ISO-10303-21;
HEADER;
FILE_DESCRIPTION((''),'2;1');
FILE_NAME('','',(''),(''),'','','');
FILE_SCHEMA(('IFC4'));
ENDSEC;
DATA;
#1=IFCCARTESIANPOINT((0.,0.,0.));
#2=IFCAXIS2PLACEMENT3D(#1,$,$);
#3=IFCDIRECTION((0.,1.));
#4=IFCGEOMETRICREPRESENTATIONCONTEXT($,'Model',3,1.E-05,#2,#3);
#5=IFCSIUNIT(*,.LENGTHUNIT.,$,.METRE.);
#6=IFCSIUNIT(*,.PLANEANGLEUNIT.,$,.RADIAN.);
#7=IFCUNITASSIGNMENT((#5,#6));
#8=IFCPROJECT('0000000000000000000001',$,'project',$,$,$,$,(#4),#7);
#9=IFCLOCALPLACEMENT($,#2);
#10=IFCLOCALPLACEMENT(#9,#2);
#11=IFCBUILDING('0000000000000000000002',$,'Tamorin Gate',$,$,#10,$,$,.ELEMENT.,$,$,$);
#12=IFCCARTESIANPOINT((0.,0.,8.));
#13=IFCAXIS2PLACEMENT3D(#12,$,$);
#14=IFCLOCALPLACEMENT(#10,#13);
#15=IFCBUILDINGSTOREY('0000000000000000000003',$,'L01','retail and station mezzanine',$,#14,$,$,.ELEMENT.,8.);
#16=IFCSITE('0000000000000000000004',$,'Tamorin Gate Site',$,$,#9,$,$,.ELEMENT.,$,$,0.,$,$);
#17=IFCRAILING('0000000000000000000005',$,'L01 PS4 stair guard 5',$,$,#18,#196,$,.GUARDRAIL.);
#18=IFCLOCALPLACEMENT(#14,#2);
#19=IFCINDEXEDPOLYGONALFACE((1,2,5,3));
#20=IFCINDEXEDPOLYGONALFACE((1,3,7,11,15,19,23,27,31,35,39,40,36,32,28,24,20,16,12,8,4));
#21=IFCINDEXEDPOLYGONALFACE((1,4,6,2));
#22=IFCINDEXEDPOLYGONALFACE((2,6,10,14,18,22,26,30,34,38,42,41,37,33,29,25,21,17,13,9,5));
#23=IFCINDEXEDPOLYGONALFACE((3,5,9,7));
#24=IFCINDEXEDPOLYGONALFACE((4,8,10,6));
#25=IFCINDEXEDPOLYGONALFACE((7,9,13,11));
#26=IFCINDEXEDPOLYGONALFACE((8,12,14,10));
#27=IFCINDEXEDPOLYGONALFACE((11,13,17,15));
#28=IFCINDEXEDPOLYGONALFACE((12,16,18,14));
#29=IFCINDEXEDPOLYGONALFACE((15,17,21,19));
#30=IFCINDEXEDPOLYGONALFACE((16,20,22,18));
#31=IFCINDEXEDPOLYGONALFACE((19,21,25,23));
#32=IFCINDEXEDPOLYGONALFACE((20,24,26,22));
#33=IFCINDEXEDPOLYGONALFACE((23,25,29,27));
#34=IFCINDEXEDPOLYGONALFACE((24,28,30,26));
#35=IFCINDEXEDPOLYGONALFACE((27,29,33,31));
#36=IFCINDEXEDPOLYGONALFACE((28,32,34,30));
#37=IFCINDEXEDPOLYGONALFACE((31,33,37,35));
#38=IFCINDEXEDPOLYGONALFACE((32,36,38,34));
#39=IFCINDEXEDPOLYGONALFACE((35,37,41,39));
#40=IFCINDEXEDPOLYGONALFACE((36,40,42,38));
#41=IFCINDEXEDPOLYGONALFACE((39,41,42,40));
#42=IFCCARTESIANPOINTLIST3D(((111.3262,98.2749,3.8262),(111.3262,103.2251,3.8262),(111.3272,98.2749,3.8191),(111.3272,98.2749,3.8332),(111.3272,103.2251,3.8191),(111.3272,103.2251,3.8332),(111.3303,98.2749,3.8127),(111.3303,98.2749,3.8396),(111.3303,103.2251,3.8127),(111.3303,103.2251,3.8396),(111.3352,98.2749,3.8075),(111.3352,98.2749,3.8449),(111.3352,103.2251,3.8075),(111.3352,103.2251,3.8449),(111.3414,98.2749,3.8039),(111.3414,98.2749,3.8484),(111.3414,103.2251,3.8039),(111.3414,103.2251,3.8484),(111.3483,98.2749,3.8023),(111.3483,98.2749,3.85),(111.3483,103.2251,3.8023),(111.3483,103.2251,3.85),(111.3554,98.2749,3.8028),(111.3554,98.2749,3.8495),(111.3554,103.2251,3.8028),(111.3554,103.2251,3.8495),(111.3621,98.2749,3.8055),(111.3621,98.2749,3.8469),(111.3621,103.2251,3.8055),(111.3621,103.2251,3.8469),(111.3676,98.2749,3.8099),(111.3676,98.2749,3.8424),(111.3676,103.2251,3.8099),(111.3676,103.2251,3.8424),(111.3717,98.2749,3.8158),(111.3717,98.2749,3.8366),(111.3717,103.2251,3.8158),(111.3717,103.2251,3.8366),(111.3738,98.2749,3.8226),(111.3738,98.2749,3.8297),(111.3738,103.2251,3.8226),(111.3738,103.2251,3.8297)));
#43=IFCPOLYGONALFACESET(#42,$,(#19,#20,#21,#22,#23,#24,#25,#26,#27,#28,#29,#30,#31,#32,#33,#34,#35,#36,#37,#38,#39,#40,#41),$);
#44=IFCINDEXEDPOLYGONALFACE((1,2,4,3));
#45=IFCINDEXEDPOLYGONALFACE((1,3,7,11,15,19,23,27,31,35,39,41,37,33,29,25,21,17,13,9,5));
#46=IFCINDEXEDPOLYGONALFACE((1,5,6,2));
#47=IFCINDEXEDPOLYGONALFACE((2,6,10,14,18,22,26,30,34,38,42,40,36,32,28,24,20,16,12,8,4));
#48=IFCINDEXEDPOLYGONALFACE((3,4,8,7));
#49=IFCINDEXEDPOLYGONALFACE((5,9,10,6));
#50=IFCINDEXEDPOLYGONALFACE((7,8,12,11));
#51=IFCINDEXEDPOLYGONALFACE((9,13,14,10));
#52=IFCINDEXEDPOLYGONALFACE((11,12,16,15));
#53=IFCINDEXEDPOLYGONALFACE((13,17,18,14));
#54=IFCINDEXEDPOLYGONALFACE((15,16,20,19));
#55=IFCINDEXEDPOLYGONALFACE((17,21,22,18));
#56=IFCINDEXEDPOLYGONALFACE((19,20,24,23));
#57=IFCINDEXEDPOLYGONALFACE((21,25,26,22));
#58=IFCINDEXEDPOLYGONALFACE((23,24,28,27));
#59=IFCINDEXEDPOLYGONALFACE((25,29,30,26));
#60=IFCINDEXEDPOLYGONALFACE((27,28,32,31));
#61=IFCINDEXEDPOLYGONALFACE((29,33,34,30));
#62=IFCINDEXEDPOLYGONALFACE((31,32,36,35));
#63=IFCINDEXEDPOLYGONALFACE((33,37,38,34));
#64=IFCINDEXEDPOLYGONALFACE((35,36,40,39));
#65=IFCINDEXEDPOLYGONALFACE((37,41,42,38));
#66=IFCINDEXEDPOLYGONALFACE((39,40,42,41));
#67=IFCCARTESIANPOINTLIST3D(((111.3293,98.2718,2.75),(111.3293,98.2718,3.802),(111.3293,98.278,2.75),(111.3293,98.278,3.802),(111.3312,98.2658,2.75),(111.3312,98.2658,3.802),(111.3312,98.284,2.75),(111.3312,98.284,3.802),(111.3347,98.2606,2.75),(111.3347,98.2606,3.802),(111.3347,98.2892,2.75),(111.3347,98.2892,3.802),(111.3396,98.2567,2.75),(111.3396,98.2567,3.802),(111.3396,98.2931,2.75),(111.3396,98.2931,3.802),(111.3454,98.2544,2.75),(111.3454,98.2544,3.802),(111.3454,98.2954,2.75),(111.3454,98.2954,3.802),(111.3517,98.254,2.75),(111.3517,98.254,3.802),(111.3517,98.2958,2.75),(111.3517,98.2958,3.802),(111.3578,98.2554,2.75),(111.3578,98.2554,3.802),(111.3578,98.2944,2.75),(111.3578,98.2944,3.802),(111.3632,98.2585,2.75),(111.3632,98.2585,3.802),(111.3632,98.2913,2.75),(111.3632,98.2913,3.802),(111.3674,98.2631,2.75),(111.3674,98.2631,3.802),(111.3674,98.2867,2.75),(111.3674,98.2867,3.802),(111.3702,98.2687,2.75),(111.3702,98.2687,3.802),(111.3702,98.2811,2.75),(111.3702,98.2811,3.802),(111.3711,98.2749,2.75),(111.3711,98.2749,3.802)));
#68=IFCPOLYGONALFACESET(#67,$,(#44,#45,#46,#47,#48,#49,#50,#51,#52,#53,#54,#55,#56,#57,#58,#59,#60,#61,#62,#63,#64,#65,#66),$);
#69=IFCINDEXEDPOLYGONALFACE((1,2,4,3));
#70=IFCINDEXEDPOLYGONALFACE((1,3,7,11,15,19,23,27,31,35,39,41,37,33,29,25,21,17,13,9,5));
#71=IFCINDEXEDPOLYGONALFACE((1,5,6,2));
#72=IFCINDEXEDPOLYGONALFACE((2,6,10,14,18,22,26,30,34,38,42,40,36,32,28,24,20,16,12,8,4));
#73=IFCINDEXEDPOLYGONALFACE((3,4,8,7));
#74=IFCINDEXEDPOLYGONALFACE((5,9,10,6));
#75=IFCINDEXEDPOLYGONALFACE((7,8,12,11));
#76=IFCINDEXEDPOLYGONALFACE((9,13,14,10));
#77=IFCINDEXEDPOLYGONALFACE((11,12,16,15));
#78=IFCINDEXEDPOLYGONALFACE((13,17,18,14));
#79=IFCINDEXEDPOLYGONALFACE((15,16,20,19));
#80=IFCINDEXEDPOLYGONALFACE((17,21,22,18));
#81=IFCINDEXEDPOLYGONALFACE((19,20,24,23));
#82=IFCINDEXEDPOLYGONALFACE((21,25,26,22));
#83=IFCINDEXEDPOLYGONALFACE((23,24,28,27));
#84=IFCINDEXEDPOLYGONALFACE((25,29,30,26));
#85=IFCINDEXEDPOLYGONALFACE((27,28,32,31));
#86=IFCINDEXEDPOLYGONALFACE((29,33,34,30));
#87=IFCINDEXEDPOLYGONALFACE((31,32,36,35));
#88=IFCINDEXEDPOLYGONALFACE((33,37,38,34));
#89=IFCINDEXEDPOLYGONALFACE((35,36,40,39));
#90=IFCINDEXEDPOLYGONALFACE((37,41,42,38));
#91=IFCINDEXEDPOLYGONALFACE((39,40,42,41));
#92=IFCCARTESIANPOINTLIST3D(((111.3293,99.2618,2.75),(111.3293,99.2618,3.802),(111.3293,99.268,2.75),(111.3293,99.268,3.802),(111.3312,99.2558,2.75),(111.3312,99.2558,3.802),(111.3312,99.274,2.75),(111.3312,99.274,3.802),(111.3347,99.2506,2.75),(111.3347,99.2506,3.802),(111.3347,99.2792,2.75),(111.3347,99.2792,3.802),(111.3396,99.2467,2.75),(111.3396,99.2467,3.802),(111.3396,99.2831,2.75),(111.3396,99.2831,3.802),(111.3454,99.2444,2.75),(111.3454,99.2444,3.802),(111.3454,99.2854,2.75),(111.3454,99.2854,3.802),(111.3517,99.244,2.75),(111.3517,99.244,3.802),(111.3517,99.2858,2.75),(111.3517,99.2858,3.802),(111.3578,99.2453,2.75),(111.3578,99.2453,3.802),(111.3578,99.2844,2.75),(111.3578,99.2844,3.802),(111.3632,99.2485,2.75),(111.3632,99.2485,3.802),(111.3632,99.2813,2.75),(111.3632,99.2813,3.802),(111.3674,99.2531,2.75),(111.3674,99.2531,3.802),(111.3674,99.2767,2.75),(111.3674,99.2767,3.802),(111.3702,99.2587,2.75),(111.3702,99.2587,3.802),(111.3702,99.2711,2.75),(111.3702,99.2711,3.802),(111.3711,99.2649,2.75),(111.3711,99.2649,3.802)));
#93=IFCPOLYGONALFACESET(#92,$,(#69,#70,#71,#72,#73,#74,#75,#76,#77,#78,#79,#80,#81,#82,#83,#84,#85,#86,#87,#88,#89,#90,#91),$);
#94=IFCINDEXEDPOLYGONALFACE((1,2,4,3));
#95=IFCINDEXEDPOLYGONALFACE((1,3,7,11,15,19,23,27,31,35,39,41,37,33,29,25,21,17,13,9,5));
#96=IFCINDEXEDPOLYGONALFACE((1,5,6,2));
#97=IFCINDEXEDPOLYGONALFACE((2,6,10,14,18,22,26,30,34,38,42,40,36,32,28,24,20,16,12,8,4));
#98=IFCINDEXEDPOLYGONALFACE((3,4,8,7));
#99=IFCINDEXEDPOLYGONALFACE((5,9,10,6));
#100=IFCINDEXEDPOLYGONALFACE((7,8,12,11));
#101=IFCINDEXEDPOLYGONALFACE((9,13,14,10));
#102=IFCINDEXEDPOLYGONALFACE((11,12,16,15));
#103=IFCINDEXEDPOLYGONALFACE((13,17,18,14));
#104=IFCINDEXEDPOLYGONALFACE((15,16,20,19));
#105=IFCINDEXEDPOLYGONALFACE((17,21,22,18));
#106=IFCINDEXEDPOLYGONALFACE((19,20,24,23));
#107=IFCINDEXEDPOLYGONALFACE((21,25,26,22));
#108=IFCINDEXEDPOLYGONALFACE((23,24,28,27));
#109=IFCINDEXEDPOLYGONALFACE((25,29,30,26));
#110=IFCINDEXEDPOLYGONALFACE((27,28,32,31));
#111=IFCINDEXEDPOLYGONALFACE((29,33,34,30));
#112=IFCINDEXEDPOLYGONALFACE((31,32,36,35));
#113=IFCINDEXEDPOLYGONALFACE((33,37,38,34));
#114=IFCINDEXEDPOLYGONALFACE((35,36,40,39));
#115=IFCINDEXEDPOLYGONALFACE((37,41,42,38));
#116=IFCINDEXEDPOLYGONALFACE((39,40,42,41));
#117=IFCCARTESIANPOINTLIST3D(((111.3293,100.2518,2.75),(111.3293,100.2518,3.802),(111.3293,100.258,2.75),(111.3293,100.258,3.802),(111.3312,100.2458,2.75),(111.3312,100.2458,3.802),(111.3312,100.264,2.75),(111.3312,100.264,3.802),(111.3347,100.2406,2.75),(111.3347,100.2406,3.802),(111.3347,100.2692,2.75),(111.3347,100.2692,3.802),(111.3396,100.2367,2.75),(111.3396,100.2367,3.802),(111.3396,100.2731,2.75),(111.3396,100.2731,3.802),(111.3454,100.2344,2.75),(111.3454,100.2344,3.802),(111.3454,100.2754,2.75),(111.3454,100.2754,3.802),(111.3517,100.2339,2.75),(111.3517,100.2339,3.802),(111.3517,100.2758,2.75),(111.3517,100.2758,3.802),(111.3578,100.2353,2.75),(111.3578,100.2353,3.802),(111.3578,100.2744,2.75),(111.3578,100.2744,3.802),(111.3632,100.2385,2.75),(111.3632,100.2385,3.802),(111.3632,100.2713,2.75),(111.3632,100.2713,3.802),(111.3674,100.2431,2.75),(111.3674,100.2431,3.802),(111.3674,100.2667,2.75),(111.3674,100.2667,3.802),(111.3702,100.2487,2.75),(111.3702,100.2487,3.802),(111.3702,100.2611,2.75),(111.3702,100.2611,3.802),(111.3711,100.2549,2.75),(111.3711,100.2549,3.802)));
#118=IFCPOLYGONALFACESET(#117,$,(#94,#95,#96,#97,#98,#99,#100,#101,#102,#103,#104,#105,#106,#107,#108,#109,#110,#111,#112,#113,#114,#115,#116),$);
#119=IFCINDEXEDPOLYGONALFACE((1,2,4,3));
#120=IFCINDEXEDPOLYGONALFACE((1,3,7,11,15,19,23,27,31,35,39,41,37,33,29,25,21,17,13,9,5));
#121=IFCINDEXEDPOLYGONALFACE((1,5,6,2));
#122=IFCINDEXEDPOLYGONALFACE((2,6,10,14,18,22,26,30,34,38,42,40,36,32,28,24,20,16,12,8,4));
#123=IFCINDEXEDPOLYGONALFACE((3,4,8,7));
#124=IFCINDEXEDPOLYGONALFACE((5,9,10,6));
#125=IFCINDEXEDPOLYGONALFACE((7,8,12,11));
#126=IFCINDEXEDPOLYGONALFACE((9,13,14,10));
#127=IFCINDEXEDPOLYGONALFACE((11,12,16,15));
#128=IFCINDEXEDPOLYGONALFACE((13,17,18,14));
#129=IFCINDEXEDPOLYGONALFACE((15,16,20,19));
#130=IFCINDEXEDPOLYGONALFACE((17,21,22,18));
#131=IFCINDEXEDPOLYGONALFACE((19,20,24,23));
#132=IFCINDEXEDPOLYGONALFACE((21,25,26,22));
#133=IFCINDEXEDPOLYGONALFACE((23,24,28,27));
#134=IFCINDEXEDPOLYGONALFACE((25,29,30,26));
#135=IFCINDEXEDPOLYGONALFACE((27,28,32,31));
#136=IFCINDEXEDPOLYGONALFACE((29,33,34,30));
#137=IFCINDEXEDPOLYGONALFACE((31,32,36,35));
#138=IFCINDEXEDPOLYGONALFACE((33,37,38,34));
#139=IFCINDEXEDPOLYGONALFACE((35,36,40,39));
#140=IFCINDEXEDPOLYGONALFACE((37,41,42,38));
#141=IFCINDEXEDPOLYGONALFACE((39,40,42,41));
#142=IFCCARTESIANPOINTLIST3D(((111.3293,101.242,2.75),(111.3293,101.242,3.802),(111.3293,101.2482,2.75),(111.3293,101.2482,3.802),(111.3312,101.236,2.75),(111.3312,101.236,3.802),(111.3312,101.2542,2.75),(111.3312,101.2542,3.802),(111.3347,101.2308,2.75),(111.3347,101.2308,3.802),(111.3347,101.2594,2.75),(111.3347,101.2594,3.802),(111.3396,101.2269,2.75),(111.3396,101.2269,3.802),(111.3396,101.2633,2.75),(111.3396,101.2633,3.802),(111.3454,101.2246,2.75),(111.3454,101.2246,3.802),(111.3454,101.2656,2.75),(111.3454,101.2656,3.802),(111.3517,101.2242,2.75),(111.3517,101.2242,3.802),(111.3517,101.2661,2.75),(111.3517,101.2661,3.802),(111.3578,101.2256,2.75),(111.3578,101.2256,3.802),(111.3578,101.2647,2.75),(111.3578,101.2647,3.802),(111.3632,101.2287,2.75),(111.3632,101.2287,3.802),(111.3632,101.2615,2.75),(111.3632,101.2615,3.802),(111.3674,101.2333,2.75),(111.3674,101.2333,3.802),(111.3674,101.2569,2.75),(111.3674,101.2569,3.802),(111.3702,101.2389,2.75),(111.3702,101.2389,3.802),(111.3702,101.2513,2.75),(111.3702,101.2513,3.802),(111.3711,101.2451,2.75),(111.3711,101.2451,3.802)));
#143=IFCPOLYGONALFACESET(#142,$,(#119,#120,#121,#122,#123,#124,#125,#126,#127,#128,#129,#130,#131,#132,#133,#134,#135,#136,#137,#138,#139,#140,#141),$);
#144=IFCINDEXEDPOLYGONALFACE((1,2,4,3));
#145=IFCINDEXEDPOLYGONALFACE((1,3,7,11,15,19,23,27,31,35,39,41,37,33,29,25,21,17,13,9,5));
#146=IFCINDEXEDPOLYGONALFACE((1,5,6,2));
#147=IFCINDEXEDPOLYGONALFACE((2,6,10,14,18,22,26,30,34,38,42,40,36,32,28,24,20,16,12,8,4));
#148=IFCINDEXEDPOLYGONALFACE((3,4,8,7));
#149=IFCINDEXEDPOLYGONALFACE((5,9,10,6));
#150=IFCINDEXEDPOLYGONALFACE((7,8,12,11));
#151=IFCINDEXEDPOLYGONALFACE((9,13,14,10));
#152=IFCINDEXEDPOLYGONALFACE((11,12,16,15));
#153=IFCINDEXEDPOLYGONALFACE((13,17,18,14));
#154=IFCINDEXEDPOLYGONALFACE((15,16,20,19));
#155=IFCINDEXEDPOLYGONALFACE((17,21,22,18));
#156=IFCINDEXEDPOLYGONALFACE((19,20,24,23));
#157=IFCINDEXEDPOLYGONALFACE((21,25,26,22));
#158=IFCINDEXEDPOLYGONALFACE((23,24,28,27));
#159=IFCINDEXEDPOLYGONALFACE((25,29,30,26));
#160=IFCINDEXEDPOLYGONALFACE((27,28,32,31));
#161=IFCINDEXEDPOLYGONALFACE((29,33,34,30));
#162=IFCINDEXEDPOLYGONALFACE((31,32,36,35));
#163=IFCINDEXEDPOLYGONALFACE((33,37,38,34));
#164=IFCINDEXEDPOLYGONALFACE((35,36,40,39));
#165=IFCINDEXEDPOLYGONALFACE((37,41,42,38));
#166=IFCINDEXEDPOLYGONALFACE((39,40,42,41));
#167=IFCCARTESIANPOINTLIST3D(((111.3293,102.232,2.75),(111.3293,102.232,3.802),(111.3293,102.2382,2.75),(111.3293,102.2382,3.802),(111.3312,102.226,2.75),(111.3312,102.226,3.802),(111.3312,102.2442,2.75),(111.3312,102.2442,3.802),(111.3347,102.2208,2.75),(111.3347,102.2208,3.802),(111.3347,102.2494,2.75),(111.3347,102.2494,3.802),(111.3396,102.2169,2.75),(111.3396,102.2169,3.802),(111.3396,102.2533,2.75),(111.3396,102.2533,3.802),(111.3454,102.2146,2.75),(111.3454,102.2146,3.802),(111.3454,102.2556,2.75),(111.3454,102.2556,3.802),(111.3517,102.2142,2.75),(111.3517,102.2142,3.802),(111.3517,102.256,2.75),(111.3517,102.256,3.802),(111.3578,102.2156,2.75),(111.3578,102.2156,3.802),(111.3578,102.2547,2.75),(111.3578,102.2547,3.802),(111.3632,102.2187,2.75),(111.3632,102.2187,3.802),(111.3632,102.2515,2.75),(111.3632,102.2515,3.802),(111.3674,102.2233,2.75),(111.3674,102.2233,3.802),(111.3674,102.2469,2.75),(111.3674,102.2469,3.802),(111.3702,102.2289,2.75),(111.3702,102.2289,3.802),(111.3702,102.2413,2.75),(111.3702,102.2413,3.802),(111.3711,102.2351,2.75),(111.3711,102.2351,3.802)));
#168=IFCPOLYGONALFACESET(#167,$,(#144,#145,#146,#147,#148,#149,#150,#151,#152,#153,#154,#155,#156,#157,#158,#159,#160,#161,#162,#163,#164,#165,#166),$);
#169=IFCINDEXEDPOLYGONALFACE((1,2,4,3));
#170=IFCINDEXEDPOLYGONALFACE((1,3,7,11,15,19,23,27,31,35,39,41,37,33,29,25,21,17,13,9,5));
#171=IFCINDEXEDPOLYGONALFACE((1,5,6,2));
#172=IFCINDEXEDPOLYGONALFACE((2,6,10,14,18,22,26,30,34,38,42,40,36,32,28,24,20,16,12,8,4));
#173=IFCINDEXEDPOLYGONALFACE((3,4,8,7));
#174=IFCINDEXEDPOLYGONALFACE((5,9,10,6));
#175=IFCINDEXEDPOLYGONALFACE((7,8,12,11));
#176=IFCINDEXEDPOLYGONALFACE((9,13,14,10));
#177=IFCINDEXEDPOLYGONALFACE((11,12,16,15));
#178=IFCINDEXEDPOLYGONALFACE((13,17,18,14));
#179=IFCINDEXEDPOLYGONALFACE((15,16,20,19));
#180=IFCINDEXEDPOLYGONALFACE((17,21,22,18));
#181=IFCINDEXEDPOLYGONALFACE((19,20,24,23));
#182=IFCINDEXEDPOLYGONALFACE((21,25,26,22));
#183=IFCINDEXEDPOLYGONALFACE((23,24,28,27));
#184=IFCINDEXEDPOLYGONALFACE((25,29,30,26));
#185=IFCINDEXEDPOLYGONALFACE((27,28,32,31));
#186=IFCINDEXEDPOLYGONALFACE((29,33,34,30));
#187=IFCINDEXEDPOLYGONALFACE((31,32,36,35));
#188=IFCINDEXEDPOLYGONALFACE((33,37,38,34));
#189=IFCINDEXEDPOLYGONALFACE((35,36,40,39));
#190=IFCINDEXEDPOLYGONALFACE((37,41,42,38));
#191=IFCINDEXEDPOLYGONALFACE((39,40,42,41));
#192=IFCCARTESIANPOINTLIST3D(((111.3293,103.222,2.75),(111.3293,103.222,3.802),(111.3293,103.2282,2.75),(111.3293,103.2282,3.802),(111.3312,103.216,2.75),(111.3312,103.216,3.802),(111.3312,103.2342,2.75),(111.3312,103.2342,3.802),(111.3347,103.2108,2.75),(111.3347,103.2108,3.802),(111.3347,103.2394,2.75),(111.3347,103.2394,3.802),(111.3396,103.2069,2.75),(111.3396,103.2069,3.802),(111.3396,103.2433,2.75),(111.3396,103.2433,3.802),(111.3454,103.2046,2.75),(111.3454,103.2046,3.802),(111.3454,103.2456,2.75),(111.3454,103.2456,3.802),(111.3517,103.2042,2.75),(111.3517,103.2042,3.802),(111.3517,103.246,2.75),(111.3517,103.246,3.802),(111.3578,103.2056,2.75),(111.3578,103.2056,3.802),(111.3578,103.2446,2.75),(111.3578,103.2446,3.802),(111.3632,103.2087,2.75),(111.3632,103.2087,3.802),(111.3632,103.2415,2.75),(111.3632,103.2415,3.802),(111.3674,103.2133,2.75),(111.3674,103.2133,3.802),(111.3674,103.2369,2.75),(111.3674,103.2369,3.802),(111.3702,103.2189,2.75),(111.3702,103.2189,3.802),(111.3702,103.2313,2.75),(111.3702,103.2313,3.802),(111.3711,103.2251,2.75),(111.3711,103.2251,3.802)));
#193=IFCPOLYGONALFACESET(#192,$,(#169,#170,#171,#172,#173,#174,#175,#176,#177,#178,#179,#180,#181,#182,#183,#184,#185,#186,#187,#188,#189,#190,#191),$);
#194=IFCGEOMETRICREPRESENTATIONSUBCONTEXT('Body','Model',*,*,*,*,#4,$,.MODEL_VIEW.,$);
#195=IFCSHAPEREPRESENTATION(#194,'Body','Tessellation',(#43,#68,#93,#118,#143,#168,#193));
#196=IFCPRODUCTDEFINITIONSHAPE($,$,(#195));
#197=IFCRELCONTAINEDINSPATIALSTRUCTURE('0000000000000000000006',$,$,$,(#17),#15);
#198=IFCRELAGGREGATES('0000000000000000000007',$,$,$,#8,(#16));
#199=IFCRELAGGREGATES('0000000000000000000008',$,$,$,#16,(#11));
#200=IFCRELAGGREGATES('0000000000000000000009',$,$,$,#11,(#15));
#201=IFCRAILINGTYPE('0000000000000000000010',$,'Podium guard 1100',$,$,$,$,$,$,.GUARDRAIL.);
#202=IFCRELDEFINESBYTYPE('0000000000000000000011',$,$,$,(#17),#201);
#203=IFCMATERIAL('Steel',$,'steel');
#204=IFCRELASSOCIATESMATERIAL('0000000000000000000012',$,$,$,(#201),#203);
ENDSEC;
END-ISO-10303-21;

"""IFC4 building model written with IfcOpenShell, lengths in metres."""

from ifc_helpers import new_model, si_unit, direction, frame, origin, origin_2d, place, context, subcontext, project, spatial, circle, extrude, material, type_object, element, save


model = new_model("IFC4")

# Units and contexts
model_context = context("Model", 3, precision=1e-05, world=origin(), true_north=direction((0.0, 1.0)))
body_context = subcontext(model_context, "Body", "Model", "MODEL_VIEW")
ifc_project = project(units=[si_unit("LENGTHUNIT", "METRE"), si_unit("PLANEANGLEUNIT", "RADIAN")], contexts=[model_context])

# Site, building, storey
site_placement = place(None, origin())
site = spatial("IfcSite", under=ifc_project, at=site_placement, Name="Tamorin Gate Site", CompositionType="ELEMENT", RefElevation=0.0)
building_placement = place(site_placement, origin())
building = spatial("IfcBuilding", under=site, at=building_placement, Name="Tamorin Gate", CompositionType="ELEMENT")
storey_placement = place(building_placement, frame((0.0, 0.0, 8.0)))
storey = spatial("IfcBuildingStorey", under=building, at=storey_placement, Name="L01", Description="retail and station mezzanine", CompositionType="ELEMENT", Elevation=8.0)

# Railing
ifc_material_1 = material(Name="Steel", Category="steel")
railing_type = type_object("IfcRailingType", Name="Podium guard 1100", PredefinedType="GUARDRAIL", material=ifc_material_1)
railing_1_placement = place(storey_placement, frame((111.3501, 98.2749, 2.75)))
element("IfcRailing", 1, at=railing_1_placement, inside=storey, type_object=railing_type, Name="L01 PS4 stair guard 5", PredefinedType="GUARDRAIL", context=body_context, shape_type="SweptSolid", body=[
    extrude(circle(Radius=0.0239, at=origin_2d()), frame((0.0, 0.0, 1.0762), z_axis=(0.0, 1.0, 0.0), x_axis=(-1.0, 0.0, 0.0)), (0.0, 0.0, 1.0), 4.9502),
    extrude(circle(Radius=0.021, at=origin_2d()), origin(), (0.0, 0.0, 1.0), 1.052),
    extrude(circle(Radius=0.021, at=origin_2d()), frame((0.0, 0.99, 0.0)), (0.0, 0.0, 1.0), 1.052),
    extrude(circle(Radius=0.021, at=origin_2d()), frame((0.0, 1.98, 0.0)), (0.0, 0.0, 1.0), 1.052),
    extrude(circle(Radius=0.021, at=origin_2d()), frame((0.0, 2.9702, 0.0)), (0.0, 0.0, 1.0), 1.052),
    extrude(circle(Radius=0.021, at=origin_2d()), frame((0.0, 3.9602, 0.0)), (0.0, 0.0, 1.0), 1.052),
    extrude(circle(Radius=0.021, at=origin_2d()), frame((0.0, 4.9502, 0.0)), (0.0, 0.0, 1.0), 1.052),
])

save(model, "model.ifc")
